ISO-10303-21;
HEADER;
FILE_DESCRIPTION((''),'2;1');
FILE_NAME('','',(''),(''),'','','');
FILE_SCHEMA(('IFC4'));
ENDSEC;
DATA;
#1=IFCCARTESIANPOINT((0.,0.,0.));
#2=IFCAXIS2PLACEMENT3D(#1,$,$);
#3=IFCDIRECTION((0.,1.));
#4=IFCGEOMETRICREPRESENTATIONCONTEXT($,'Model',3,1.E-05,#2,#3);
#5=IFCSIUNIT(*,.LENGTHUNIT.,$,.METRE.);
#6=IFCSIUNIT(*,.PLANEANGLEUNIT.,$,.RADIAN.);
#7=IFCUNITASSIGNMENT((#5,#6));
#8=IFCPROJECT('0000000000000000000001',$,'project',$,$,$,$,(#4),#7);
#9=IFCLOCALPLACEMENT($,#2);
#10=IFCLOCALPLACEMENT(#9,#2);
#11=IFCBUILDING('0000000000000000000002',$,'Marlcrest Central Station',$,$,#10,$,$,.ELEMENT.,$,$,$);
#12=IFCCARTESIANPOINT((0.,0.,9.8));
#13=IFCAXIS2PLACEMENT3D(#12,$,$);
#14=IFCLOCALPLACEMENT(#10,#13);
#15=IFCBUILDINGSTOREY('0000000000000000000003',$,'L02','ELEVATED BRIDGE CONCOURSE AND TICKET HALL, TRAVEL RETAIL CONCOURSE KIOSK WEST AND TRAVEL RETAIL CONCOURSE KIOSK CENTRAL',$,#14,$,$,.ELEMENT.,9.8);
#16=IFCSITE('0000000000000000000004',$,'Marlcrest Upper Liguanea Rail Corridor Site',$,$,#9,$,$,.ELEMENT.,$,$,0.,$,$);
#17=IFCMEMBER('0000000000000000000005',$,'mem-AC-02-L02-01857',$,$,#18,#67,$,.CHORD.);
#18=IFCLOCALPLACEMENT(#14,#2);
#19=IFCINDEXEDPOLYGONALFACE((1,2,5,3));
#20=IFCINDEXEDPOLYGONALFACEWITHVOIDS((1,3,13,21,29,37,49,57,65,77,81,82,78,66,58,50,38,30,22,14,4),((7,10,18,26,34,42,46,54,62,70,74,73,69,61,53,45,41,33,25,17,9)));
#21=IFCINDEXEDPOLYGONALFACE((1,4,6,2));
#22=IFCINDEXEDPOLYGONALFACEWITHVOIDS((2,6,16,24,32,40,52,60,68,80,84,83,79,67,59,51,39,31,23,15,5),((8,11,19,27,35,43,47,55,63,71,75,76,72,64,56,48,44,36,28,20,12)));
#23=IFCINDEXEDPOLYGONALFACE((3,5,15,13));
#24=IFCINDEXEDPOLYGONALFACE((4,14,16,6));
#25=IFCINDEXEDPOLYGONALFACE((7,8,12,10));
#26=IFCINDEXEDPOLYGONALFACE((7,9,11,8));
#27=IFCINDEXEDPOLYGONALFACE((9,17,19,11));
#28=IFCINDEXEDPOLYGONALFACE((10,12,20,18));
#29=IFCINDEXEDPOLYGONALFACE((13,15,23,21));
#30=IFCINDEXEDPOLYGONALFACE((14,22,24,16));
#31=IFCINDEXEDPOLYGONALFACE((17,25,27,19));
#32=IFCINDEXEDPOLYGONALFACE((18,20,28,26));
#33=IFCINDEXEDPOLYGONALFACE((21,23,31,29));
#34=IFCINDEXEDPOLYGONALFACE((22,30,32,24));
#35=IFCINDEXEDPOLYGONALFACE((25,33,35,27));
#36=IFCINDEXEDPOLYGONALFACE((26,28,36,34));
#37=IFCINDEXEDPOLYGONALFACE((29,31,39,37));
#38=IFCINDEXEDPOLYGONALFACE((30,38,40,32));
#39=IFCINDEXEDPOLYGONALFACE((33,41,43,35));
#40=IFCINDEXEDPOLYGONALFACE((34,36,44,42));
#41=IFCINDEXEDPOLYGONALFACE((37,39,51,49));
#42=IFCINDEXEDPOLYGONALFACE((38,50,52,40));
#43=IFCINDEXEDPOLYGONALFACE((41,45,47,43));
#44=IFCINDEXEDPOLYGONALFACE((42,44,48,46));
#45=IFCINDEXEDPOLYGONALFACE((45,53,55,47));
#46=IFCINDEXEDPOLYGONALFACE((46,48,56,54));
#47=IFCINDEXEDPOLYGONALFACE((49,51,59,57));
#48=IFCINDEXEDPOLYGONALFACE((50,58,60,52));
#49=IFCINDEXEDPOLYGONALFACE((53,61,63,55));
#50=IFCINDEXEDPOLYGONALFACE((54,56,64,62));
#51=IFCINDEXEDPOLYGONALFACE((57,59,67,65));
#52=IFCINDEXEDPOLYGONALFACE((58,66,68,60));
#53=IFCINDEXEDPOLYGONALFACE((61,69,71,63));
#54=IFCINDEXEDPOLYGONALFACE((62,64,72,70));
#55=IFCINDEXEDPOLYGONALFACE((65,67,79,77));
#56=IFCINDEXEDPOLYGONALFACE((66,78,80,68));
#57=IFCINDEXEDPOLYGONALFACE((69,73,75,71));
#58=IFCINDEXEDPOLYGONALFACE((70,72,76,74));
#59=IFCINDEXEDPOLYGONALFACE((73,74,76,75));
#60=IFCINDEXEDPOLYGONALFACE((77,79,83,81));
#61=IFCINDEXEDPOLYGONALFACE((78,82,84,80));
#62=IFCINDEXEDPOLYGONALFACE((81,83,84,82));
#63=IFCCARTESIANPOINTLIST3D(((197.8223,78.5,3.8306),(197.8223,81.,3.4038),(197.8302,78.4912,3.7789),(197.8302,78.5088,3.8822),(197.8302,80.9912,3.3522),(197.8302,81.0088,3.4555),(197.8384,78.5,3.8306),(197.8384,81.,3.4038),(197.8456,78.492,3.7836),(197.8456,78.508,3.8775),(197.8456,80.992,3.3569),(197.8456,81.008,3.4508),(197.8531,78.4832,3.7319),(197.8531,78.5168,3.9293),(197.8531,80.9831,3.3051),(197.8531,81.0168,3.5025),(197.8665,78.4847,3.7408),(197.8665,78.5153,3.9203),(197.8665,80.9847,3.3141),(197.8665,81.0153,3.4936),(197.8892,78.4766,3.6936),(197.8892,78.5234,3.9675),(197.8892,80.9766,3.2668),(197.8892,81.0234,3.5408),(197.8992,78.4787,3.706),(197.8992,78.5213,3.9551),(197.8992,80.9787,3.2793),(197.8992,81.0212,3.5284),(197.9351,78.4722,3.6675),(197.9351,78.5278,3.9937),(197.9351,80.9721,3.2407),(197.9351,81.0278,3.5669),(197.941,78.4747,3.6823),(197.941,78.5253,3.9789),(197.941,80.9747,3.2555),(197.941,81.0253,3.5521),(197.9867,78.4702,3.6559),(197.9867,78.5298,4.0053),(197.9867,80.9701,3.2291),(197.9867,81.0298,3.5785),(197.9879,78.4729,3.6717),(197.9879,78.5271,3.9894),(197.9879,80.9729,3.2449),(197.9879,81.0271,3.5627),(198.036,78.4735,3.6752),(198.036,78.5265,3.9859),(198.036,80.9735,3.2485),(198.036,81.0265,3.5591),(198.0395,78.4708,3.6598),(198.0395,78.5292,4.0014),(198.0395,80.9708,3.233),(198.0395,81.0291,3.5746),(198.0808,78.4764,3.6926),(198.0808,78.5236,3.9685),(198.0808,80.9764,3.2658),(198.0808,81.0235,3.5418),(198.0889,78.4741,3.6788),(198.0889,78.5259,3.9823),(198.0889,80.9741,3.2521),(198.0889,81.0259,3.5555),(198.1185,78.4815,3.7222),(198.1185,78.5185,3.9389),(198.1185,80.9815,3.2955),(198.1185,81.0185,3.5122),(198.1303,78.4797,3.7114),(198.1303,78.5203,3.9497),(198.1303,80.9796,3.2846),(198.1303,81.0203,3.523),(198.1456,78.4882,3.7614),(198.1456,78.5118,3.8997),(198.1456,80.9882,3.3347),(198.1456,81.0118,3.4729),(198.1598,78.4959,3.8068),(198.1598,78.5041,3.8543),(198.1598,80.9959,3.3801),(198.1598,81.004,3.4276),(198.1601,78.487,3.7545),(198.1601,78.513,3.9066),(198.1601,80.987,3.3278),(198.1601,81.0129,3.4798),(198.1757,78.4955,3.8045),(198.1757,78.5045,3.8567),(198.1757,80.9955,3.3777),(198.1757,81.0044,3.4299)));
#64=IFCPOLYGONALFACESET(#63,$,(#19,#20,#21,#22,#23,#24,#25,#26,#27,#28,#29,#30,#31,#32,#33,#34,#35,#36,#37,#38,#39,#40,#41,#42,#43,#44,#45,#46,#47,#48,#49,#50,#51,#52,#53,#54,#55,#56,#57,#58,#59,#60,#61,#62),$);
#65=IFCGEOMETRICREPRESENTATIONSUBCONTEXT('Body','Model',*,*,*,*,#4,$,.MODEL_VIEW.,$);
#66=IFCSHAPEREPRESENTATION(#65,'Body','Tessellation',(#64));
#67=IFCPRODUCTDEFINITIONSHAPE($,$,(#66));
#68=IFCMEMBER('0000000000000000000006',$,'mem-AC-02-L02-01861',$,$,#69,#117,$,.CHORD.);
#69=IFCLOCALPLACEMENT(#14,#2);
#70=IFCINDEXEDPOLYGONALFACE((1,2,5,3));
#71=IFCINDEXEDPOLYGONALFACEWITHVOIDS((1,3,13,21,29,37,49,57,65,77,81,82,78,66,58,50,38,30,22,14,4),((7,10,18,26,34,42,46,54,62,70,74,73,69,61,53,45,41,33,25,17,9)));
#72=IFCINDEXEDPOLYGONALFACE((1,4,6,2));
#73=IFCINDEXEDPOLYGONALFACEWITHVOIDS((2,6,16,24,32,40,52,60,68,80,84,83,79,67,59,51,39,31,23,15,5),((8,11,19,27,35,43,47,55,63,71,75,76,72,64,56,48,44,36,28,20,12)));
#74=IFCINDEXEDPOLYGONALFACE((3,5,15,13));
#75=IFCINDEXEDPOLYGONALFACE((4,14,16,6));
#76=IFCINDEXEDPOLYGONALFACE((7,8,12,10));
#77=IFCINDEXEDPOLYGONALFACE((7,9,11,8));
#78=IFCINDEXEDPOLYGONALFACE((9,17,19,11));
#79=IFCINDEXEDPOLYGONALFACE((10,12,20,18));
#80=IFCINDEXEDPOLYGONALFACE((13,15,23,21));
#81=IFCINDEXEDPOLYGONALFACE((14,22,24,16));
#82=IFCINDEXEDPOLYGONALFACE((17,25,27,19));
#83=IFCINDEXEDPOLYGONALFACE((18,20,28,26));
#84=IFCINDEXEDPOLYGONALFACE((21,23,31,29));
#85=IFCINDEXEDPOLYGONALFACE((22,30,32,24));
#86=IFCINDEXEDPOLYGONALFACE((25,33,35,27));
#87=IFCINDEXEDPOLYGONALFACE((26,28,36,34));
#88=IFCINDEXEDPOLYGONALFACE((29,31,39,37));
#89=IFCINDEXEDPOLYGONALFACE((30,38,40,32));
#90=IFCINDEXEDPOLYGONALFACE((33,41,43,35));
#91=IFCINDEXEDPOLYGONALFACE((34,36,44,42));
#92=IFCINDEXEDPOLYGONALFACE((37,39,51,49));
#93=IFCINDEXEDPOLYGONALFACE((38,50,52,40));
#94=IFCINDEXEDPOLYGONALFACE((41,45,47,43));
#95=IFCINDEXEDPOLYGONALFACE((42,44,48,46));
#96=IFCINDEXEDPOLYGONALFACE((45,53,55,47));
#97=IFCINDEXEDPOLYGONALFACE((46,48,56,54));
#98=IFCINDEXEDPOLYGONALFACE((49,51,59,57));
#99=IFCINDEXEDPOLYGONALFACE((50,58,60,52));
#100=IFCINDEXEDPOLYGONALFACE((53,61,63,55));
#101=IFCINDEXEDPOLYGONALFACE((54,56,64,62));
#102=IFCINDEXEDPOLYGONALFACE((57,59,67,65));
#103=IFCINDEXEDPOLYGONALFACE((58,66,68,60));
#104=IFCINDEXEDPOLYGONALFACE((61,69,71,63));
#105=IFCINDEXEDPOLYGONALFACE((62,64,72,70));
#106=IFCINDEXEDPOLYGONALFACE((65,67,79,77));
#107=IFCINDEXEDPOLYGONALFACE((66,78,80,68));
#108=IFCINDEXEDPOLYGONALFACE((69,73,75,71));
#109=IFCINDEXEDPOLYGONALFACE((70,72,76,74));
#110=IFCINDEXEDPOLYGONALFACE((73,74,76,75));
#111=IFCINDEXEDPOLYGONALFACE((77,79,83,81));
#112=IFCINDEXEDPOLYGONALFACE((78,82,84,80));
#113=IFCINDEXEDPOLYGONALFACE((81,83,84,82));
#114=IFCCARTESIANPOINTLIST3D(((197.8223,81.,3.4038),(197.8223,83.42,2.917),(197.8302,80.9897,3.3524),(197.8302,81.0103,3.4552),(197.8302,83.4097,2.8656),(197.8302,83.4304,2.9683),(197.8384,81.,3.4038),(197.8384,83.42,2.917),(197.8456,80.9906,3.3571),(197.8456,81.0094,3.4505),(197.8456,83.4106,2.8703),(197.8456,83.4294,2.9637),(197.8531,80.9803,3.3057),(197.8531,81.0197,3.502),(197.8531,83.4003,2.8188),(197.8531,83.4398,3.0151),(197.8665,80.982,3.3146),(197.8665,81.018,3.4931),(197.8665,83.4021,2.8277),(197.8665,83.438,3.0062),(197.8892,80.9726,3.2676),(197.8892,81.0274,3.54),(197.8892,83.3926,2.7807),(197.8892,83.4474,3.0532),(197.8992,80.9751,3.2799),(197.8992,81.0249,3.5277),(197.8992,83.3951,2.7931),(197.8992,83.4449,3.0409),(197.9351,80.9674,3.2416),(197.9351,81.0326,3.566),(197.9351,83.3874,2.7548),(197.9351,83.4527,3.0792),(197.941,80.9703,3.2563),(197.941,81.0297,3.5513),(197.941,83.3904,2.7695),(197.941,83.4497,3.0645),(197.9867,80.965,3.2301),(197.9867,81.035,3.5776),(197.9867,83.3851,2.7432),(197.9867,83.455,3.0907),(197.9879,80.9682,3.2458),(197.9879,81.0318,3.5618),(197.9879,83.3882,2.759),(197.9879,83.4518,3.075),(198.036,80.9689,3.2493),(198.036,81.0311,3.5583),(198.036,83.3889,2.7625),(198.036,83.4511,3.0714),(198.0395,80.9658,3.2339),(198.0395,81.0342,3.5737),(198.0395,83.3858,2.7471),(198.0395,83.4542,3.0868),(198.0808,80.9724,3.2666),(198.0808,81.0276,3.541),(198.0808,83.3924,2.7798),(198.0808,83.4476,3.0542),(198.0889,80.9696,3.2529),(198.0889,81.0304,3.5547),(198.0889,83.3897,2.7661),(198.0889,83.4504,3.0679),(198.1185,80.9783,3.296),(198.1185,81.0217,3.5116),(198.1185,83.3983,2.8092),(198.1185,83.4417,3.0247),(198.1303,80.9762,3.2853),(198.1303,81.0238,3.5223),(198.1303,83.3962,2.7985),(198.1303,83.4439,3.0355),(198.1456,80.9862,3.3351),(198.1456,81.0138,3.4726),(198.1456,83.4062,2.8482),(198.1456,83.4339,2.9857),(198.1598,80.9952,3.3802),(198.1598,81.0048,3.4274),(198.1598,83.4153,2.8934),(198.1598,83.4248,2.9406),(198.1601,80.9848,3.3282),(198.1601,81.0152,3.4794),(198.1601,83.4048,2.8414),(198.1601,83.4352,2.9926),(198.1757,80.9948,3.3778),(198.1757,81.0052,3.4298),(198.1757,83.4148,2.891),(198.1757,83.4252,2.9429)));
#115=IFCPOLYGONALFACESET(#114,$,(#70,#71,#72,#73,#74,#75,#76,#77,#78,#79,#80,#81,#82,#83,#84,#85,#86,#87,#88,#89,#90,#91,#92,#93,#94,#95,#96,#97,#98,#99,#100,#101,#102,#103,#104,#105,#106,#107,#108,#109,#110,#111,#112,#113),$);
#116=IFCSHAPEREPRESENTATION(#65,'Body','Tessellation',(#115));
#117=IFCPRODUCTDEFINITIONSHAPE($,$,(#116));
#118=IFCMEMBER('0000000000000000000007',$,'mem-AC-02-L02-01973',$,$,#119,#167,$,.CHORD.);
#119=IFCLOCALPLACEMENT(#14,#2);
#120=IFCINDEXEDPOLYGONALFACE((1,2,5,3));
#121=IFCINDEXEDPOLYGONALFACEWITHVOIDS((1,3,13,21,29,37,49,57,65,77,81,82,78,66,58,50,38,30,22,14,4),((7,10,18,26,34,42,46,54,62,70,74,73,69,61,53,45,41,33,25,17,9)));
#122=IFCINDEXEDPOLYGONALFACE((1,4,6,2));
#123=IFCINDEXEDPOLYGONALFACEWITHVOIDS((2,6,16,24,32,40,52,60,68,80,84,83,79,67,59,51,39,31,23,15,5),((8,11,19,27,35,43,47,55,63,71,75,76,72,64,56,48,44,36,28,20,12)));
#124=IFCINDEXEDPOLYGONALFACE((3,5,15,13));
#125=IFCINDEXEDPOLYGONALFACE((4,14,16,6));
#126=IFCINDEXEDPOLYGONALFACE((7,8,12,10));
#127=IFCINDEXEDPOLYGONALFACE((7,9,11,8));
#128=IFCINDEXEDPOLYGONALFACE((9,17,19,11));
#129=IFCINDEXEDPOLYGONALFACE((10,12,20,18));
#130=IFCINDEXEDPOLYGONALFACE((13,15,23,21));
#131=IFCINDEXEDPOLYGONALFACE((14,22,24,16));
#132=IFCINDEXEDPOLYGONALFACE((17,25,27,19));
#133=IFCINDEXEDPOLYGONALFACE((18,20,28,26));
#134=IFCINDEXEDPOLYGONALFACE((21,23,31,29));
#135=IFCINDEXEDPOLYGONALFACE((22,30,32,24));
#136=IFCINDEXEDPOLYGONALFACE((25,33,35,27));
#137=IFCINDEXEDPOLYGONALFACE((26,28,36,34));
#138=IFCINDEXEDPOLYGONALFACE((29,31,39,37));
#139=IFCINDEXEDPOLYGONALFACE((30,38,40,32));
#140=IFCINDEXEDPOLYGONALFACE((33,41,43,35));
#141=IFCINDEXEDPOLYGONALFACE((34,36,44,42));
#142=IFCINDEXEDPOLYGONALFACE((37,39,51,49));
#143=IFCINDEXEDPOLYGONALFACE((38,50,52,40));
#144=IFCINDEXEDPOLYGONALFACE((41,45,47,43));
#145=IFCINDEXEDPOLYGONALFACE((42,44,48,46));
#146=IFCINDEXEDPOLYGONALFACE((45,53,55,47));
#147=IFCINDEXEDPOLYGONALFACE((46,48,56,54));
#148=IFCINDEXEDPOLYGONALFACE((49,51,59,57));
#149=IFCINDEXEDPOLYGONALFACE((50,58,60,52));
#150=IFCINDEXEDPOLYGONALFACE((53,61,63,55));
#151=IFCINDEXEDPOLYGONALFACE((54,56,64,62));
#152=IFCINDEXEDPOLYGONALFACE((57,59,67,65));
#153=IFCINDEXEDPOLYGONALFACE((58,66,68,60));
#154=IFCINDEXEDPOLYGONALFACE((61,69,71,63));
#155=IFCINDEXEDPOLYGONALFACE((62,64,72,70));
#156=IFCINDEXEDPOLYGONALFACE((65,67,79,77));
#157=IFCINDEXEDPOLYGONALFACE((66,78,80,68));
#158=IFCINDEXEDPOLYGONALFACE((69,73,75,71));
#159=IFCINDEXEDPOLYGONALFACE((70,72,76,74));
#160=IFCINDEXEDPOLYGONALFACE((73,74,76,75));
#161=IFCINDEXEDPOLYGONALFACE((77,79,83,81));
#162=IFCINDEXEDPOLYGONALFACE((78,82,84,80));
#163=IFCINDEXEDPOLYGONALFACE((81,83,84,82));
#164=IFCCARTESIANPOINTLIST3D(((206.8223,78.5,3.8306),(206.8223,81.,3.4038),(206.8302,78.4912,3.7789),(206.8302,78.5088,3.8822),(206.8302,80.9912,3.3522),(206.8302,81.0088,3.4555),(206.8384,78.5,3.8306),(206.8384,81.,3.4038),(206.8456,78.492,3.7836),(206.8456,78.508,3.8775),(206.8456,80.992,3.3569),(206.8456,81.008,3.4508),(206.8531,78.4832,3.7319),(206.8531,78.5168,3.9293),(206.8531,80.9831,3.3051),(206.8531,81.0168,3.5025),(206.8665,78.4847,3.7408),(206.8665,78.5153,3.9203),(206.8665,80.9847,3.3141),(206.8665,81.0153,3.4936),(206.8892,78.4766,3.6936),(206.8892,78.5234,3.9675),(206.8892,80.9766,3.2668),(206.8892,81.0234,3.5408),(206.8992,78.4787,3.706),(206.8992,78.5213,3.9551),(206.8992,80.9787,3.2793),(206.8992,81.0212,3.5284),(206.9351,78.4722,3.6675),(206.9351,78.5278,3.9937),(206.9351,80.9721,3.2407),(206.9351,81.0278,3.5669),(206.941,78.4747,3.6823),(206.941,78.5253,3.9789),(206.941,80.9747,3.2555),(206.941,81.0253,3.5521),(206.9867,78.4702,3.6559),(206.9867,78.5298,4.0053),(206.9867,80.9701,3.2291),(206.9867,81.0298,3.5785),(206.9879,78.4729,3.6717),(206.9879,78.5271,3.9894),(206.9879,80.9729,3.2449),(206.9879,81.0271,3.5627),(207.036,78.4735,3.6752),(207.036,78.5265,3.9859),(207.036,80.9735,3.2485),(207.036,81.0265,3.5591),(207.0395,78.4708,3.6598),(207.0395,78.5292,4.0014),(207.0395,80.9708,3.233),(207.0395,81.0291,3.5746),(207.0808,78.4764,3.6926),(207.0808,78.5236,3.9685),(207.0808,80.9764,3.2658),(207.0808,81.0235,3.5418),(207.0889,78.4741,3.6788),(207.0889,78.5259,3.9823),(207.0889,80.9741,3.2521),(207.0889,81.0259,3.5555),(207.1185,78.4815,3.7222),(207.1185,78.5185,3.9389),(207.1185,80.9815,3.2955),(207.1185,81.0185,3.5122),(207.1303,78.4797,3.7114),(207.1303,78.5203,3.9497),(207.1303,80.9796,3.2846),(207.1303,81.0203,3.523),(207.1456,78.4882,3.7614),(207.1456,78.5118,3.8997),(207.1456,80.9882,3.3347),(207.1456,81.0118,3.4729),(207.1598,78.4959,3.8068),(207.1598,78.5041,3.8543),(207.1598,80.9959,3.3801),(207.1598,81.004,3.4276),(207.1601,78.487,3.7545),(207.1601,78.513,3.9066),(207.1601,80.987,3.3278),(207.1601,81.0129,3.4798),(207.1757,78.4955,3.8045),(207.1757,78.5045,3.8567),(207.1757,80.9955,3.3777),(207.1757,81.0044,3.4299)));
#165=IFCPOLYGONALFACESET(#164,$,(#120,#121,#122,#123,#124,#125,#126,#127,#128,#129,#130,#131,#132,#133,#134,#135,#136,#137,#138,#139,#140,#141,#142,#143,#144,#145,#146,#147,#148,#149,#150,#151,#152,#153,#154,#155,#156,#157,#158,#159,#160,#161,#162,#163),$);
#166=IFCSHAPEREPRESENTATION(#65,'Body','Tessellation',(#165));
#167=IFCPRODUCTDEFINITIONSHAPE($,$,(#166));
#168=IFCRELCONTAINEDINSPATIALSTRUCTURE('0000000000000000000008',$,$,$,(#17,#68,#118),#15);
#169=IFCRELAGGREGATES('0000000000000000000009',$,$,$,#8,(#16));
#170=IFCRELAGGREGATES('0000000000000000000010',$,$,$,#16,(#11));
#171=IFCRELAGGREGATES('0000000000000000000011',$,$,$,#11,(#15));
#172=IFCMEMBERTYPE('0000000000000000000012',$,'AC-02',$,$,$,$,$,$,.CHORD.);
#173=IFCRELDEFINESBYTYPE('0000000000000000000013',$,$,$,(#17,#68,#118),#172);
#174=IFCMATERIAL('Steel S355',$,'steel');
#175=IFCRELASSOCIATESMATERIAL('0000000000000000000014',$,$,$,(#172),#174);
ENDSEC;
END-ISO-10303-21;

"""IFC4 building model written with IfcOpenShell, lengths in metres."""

from ifc_helpers import new_model, si_unit, direction, frame, origin, origin_2d, place, context, subcontext, project, spatial, hollow_circle, extrude, material, material_profile, profile_set, type_object, element, save


model = new_model("IFC4")

# Units and contexts
model_context = context("Model", 3, precision=1e-05, world=origin(), true_north=direction((0.0, 1.0)))
body_context = subcontext(model_context, "Body", "Model", "MODEL_VIEW")
ifc_project = project(units=[si_unit("LENGTHUNIT", "METRE"), si_unit("PLANEANGLEUNIT", "RADIAN")], contexts=[model_context])

# Site, building, storey
site_placement = place(None, origin())
site = spatial("IfcSite", under=ifc_project, at=site_placement, Name="Marlcrest Upper Liguanea Rail Corridor Site", CompositionType="ELEMENT", RefElevation=0.0)
building_placement = place(site_placement, origin())
building = spatial("IfcBuilding", under=site, at=building_placement, Name="Marlcrest Central Station", CompositionType="ELEMENT")
storey_placement = place(building_placement, frame((0.0, 0.0, 9.8)))
storey = spatial("IfcBuildingStorey", under=building, at=storey_placement, Name="L02", Description="ELEVATED BRIDGE CONCOURSE AND TICKET HALL, TRAVEL RETAIL CONCOURSE KIOSK WEST AND TRAVEL RETAIL CONCOURSE KIOSK CENTRAL", CompositionType="ELEMENT", Elevation=9.8)

# Members
ifc_material_1 = material(Name="Steel S355", Category="steel")
ifc_material_profile_1 = material_profile(ifc_material_1, hollow_circle(Radius=0.1777, WallThickness=0.0161, at=origin_2d()), Name="CHS 355.6x16")
ifc_profile_set_1 = profile_set([ifc_material_profile_1], Name="Steel S355")
member_type_1 = type_object("IfcMemberType", Name="AC-02", PredefinedType="CHORD", material=ifc_profile_set_1)
member_1_placement = place(storey_placement, frame((198.0, 78.5, 3.8306), z_axis=(0.0, 0.985741, -0.168269), x_axis=(-1.0, 0.0, 0.0)))
element("IfcMember", 1, at=member_1_placement, inside=storey, type_object=member_type_1, Name="mem-AC-02-L02-01857", PredefinedType="CHORD", context=body_context, shape_type="SweptSolid", body=[
    extrude(hollow_circle(Radius=0.1777, WallThickness=0.0161, at=origin_2d()), origin(), (0.0, 0.0, 1.0), 2.5361),
])
member_2_placement = place(storey_placement, frame((198.0, 81.0, 3.4038), z_axis=(0.0, 0.980359, -0.197219), x_axis=(-1.0, 0.0, 0.0)))
element("IfcMember", 2, at=member_2_placement, inside=storey, type_object=member_type_1, Name="mem-AC-02-L02-01861", PredefinedType="CHORD", context=body_context, shape_type="SweptSolid", body=[
    extrude(hollow_circle(Radius=0.1777, WallThickness=0.0161, at=origin_2d()), origin(), (0.0, 0.0, 1.0), 2.4685),
])
member_3_placement = place(storey_placement, frame((207.0, 78.5, 3.8306), z_axis=(0.0, 0.985741, -0.168269), x_axis=(-1.0, 0.0, 0.0)))
element("IfcMember", 3, at=member_3_placement, inside=storey, type_object=member_type_1, Name="mem-AC-02-L02-01973", PredefinedType="CHORD", context=body_context, shape_type="SweptSolid", body=[
    extrude(hollow_circle(Radius=0.1777, WallThickness=0.0161, at=origin_2d()), origin(), (0.0, 0.0, 1.0), 2.5361),
])

save(model, "model.ifc")
